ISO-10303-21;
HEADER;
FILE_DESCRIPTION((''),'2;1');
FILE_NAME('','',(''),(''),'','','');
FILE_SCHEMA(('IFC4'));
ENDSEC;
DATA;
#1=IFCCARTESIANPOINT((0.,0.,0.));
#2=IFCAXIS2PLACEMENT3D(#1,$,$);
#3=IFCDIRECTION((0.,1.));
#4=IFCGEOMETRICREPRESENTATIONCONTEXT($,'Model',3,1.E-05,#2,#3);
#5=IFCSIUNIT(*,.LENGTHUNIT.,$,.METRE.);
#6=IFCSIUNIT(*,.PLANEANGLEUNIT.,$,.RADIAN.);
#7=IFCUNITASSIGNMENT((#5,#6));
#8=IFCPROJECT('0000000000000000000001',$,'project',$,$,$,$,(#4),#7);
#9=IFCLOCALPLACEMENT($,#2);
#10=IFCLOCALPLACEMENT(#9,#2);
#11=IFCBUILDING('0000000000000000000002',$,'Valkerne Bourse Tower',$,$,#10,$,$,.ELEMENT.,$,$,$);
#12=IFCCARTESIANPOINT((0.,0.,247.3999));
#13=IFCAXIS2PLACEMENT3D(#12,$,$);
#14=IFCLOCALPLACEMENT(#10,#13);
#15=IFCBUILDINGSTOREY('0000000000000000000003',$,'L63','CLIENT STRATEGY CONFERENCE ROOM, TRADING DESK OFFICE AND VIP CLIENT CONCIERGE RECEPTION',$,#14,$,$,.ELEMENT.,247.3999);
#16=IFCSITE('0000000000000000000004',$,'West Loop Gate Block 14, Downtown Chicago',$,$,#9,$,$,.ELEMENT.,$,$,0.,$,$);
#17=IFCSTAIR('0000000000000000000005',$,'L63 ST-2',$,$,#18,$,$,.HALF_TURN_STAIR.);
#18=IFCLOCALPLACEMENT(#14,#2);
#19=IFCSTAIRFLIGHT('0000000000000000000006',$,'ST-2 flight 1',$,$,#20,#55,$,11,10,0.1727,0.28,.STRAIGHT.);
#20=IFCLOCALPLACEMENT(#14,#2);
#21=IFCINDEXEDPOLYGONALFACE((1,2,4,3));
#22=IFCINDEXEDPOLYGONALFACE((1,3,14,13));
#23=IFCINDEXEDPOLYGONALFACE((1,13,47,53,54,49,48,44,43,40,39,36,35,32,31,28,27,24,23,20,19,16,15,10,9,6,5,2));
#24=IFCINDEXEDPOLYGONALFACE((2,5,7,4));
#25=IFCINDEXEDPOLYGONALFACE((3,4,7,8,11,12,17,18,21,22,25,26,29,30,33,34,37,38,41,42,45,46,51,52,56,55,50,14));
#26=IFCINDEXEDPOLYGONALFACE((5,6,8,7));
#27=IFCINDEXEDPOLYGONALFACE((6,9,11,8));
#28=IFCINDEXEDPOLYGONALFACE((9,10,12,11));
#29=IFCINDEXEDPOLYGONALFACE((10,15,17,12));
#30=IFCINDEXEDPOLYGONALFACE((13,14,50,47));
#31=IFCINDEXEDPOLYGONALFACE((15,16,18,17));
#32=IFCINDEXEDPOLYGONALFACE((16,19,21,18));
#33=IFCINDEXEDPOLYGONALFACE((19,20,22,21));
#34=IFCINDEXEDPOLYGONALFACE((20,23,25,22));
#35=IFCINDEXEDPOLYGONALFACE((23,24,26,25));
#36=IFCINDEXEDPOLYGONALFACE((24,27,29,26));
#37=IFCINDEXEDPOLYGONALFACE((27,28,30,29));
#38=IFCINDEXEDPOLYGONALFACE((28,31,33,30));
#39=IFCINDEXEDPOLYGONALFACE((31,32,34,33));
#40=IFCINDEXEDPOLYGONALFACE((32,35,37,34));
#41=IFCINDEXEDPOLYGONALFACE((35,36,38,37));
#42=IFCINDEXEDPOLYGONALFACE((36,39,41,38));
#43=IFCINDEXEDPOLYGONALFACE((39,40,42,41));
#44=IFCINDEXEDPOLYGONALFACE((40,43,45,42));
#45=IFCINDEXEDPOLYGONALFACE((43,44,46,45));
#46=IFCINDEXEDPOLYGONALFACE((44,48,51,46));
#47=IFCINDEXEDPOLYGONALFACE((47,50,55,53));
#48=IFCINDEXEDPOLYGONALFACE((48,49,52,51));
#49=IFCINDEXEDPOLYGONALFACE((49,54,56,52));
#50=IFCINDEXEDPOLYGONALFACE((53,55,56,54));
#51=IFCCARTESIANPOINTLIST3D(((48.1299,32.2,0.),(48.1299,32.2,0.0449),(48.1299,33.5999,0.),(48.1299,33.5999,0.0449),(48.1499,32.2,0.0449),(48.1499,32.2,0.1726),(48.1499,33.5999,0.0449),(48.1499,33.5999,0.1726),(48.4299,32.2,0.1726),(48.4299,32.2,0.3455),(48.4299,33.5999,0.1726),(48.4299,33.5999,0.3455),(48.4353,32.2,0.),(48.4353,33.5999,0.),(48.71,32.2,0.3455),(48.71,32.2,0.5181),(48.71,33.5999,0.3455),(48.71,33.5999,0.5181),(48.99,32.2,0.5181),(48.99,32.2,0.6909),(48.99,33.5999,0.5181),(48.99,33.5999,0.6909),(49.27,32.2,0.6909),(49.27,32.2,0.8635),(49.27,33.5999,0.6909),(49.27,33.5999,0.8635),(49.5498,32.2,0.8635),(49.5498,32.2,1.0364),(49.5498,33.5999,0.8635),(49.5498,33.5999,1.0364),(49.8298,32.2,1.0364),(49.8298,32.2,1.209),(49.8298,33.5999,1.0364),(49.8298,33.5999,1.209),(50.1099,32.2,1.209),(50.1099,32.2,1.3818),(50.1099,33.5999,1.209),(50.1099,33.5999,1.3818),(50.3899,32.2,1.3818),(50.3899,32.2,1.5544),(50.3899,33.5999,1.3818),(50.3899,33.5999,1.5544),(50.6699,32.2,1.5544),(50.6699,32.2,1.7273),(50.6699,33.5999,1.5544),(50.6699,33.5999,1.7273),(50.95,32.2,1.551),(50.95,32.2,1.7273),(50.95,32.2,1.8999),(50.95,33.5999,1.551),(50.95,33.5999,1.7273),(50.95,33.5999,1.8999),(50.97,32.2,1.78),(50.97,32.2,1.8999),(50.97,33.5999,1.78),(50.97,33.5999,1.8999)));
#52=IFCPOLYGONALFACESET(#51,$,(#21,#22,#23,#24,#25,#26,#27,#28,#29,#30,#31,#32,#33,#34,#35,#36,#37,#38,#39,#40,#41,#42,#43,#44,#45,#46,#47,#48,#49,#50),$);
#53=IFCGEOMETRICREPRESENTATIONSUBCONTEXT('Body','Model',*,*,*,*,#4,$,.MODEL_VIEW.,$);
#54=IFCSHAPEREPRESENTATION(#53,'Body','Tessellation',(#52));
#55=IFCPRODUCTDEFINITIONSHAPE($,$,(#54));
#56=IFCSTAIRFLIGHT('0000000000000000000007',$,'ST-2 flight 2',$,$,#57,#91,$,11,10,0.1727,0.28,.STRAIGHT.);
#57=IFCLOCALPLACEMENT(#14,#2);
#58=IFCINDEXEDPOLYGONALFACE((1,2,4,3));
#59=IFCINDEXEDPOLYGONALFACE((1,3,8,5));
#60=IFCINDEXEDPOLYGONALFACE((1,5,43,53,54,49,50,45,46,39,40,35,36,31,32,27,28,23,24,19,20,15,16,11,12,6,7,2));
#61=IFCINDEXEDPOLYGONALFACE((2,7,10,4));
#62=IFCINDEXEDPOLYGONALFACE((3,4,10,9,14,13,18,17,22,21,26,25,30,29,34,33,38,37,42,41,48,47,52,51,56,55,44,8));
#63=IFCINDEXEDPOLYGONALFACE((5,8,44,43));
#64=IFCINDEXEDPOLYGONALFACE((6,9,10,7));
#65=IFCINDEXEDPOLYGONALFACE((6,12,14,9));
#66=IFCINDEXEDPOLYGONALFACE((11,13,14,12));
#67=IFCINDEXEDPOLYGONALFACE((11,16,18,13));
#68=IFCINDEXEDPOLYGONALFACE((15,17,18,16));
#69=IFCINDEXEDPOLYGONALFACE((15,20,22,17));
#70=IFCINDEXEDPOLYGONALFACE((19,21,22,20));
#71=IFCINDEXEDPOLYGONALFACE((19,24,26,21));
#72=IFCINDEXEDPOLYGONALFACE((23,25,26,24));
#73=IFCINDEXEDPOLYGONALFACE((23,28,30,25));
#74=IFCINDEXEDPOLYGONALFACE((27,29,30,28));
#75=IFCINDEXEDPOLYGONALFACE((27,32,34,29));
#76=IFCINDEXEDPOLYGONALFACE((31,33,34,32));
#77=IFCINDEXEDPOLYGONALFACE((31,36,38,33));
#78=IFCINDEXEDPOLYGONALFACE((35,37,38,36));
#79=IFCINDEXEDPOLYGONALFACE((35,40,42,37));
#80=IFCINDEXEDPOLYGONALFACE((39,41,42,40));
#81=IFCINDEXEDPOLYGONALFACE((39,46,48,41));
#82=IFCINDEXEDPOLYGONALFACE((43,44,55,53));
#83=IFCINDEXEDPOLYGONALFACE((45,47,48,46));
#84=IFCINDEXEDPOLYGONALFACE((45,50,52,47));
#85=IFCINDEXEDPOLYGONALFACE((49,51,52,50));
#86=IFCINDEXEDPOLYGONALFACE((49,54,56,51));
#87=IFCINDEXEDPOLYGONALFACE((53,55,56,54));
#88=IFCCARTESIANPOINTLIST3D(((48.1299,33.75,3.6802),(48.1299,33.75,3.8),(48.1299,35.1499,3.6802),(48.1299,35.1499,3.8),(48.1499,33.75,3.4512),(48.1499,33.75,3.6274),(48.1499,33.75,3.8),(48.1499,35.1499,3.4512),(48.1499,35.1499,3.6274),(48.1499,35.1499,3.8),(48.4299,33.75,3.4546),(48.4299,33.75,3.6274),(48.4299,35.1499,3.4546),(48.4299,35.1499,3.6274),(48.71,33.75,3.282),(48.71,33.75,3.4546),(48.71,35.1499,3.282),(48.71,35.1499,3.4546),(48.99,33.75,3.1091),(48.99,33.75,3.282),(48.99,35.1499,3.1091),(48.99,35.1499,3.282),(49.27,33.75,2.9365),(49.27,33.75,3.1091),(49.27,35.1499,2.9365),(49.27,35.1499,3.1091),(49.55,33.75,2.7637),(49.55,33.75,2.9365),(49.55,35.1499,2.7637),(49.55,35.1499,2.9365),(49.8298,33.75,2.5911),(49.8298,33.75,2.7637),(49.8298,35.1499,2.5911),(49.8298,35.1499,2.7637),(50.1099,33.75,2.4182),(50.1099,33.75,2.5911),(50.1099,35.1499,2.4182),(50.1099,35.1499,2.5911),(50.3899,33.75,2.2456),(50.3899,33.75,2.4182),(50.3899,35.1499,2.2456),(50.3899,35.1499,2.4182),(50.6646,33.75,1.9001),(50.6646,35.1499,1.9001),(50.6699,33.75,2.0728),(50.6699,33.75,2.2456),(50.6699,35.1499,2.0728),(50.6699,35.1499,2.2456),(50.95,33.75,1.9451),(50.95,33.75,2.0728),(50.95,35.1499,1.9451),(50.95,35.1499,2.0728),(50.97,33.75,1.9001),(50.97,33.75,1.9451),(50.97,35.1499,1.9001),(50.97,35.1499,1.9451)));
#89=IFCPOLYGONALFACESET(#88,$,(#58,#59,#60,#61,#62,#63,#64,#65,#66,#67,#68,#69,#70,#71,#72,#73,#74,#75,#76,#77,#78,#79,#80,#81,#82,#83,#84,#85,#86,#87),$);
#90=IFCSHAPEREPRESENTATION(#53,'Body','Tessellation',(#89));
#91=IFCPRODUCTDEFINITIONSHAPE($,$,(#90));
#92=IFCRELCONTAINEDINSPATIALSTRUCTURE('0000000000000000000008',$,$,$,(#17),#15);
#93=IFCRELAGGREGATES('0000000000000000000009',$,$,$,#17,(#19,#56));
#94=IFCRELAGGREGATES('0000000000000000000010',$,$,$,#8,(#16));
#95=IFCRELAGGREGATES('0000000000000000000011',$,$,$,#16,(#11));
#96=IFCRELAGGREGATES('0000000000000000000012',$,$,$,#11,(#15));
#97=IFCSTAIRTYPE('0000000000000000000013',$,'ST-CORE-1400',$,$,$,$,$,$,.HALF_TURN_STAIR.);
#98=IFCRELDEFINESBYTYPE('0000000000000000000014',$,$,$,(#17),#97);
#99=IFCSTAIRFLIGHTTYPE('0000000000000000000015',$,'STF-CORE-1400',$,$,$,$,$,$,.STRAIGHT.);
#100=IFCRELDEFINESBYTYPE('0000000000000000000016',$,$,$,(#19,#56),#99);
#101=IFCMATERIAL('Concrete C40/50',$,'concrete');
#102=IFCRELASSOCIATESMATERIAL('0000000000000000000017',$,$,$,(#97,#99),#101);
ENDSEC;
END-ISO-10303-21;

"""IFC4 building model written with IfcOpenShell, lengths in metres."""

from ifc_helpers import new_model, si_unit, direction, frame, origin, place, context, subcontext, project, spatial, polyline, outline, extrude, material, type_object, element, aggregate, save


model = new_model("IFC4")

# Units and contexts
model_context = context("Model", 3, precision=1e-05, world=origin(), true_north=direction((0.0, 1.0)))
body_context = subcontext(model_context, "Body", "Model", "MODEL_VIEW")
ifc_project = project(units=[si_unit("LENGTHUNIT", "METRE"), si_unit("PLANEANGLEUNIT", "RADIAN")], contexts=[model_context])

# Site, building, storey
site_placement = place(None, origin())
site = spatial("IfcSite", under=ifc_project, at=site_placement, Name="West Loop Gate Block 14, Downtown Chicago", CompositionType="ELEMENT", RefElevation=0.0)
building_placement = place(site_placement, origin())
building = spatial("IfcBuilding", under=site, at=building_placement, Name="Valkerne Bourse Tower", CompositionType="ELEMENT")
storey_placement = place(building_placement, frame((0.0, 0.0, 247.3999)))
storey = spatial("IfcBuildingStorey", under=building, at=storey_placement, Name="L63", Description="CLIENT STRATEGY CONFERENCE ROOM, TRADING DESK OFFICE AND VIP CLIENT CONCIERGE RECEPTION", CompositionType="ELEMENT", Elevation=247.3999)

# Shared definitions
ifc_material_1 = material(Name="Concrete C40/50", Category="concrete")

# Stair, stair flights
stair_type = type_object("IfcStairType", Name="ST-CORE-1400", PredefinedType="HALF_TURN_STAIR", material=ifc_material_1)
stair_placement = place(storey_placement, origin())
stair = element("IfcStair", 1, at=stair_placement, inside=storey, type_object=stair_type, Name="L63 ST-2", PredefinedType="HALF_TURN_STAIR")
stair_flight_type = type_object("IfcStairFlightType", Name="STF-CORE-1400", PredefinedType="STRAIGHT", material=ifc_material_1)
stair_flight_1_placement = place(storey_placement, frame((48.1499, 32.8999, 0.0), z_axis=(0.0, 0.0, 1.0), x_axis=(1.0, 0.0, 0.0)))
stair_flight_1 = element("IfcStairFlight", 2, at=stair_flight_1_placement, type_object=stair_flight_type, Name="ST-2 flight 1", NumberOfRisers=11, NumberOfTreads=10, PredefinedType="STRAIGHT", RiserHeight=0.1727, TreadLength=0.28, context=body_context, shape_type="SweptSolid", body=[
    extrude(outline(polyline([(-0.02, 0.0), (-0.02, 0.0449), (0.0, 0.0449), (0.0, 0.1726), (0.28, 0.1726), (0.28, 0.3455), (0.5601, 0.3455), (0.5601, 0.5181), (0.8401, 0.5181), (0.8401, 0.6909), (1.1201, 0.6909), (1.1201, 0.8635), (1.3999, 0.8635), (1.3999, 1.0364), (1.6799, 1.0364), (1.6799, 1.209), (1.96, 1.209), (1.96, 1.3818), (2.24, 1.3818), (2.24, 1.5544), (2.52, 1.5544), (2.52, 1.7273), (2.8, 1.7273), (2.8, 1.8999), (2.8201, 1.8999), (2.8201, 1.78), (2.8, 1.551), (0.2854, 0.0), (-0.02, 0.0)])), frame((0.0, 0.7, 0.0), z_axis=(0.0, -1.0, 0.0), x_axis=(1.0, 0.0, 0.0)), (0.0, 0.0, 1.0), 1.3999),
])
stair_flight_2_placement = place(storey_placement, frame((50.95, 34.45, 1.9001), z_axis=(0.0, 0.0, 1.0), x_axis=(-1.0, 0.0, 0.0)))
stair_flight_2 = element("IfcStairFlight", 3, at=stair_flight_2_placement, type_object=stair_flight_type, Name="ST-2 flight 2", NumberOfRisers=11, NumberOfTreads=10, PredefinedType="STRAIGHT", RiserHeight=0.1727, TreadLength=0.28, context=body_context, shape_type="SweptSolid", body=[
    extrude(outline(polyline([(-0.02, 0.0), (-0.02, 0.0449), (0.0, 0.0449), (0.0, 0.1726), (0.28, 0.1726), (0.28, 0.3455), (0.5601, 0.3455), (0.5601, 0.5181), (0.8401, 0.5181), (0.8401, 0.6909), (1.1201, 0.6909), (1.1201, 0.8635), (1.3999, 0.8635), (1.3999, 1.0364), (1.6799, 1.0364), (1.6799, 1.209), (1.96, 1.209), (1.96, 1.3818), (2.24, 1.3818), (2.24, 1.5544), (2.52, 1.5544), (2.52, 1.7273), (2.8, 1.7273), (2.8, 1.8999), (2.8201, 1.8999), (2.8201, 1.78), (2.8, 1.551), (0.2854, 0.0), (-0.02, 0.0)])), frame((0.0, 0.7, 0.0), z_axis=(0.0, -1.0, 0.0), x_axis=(1.0, 0.0, 0.0)), (0.0, 0.0, 1.0), 1.3999),
])
aggregate(stair, [stair_flight_1, stair_flight_2])

save(model, "model.ifc")
